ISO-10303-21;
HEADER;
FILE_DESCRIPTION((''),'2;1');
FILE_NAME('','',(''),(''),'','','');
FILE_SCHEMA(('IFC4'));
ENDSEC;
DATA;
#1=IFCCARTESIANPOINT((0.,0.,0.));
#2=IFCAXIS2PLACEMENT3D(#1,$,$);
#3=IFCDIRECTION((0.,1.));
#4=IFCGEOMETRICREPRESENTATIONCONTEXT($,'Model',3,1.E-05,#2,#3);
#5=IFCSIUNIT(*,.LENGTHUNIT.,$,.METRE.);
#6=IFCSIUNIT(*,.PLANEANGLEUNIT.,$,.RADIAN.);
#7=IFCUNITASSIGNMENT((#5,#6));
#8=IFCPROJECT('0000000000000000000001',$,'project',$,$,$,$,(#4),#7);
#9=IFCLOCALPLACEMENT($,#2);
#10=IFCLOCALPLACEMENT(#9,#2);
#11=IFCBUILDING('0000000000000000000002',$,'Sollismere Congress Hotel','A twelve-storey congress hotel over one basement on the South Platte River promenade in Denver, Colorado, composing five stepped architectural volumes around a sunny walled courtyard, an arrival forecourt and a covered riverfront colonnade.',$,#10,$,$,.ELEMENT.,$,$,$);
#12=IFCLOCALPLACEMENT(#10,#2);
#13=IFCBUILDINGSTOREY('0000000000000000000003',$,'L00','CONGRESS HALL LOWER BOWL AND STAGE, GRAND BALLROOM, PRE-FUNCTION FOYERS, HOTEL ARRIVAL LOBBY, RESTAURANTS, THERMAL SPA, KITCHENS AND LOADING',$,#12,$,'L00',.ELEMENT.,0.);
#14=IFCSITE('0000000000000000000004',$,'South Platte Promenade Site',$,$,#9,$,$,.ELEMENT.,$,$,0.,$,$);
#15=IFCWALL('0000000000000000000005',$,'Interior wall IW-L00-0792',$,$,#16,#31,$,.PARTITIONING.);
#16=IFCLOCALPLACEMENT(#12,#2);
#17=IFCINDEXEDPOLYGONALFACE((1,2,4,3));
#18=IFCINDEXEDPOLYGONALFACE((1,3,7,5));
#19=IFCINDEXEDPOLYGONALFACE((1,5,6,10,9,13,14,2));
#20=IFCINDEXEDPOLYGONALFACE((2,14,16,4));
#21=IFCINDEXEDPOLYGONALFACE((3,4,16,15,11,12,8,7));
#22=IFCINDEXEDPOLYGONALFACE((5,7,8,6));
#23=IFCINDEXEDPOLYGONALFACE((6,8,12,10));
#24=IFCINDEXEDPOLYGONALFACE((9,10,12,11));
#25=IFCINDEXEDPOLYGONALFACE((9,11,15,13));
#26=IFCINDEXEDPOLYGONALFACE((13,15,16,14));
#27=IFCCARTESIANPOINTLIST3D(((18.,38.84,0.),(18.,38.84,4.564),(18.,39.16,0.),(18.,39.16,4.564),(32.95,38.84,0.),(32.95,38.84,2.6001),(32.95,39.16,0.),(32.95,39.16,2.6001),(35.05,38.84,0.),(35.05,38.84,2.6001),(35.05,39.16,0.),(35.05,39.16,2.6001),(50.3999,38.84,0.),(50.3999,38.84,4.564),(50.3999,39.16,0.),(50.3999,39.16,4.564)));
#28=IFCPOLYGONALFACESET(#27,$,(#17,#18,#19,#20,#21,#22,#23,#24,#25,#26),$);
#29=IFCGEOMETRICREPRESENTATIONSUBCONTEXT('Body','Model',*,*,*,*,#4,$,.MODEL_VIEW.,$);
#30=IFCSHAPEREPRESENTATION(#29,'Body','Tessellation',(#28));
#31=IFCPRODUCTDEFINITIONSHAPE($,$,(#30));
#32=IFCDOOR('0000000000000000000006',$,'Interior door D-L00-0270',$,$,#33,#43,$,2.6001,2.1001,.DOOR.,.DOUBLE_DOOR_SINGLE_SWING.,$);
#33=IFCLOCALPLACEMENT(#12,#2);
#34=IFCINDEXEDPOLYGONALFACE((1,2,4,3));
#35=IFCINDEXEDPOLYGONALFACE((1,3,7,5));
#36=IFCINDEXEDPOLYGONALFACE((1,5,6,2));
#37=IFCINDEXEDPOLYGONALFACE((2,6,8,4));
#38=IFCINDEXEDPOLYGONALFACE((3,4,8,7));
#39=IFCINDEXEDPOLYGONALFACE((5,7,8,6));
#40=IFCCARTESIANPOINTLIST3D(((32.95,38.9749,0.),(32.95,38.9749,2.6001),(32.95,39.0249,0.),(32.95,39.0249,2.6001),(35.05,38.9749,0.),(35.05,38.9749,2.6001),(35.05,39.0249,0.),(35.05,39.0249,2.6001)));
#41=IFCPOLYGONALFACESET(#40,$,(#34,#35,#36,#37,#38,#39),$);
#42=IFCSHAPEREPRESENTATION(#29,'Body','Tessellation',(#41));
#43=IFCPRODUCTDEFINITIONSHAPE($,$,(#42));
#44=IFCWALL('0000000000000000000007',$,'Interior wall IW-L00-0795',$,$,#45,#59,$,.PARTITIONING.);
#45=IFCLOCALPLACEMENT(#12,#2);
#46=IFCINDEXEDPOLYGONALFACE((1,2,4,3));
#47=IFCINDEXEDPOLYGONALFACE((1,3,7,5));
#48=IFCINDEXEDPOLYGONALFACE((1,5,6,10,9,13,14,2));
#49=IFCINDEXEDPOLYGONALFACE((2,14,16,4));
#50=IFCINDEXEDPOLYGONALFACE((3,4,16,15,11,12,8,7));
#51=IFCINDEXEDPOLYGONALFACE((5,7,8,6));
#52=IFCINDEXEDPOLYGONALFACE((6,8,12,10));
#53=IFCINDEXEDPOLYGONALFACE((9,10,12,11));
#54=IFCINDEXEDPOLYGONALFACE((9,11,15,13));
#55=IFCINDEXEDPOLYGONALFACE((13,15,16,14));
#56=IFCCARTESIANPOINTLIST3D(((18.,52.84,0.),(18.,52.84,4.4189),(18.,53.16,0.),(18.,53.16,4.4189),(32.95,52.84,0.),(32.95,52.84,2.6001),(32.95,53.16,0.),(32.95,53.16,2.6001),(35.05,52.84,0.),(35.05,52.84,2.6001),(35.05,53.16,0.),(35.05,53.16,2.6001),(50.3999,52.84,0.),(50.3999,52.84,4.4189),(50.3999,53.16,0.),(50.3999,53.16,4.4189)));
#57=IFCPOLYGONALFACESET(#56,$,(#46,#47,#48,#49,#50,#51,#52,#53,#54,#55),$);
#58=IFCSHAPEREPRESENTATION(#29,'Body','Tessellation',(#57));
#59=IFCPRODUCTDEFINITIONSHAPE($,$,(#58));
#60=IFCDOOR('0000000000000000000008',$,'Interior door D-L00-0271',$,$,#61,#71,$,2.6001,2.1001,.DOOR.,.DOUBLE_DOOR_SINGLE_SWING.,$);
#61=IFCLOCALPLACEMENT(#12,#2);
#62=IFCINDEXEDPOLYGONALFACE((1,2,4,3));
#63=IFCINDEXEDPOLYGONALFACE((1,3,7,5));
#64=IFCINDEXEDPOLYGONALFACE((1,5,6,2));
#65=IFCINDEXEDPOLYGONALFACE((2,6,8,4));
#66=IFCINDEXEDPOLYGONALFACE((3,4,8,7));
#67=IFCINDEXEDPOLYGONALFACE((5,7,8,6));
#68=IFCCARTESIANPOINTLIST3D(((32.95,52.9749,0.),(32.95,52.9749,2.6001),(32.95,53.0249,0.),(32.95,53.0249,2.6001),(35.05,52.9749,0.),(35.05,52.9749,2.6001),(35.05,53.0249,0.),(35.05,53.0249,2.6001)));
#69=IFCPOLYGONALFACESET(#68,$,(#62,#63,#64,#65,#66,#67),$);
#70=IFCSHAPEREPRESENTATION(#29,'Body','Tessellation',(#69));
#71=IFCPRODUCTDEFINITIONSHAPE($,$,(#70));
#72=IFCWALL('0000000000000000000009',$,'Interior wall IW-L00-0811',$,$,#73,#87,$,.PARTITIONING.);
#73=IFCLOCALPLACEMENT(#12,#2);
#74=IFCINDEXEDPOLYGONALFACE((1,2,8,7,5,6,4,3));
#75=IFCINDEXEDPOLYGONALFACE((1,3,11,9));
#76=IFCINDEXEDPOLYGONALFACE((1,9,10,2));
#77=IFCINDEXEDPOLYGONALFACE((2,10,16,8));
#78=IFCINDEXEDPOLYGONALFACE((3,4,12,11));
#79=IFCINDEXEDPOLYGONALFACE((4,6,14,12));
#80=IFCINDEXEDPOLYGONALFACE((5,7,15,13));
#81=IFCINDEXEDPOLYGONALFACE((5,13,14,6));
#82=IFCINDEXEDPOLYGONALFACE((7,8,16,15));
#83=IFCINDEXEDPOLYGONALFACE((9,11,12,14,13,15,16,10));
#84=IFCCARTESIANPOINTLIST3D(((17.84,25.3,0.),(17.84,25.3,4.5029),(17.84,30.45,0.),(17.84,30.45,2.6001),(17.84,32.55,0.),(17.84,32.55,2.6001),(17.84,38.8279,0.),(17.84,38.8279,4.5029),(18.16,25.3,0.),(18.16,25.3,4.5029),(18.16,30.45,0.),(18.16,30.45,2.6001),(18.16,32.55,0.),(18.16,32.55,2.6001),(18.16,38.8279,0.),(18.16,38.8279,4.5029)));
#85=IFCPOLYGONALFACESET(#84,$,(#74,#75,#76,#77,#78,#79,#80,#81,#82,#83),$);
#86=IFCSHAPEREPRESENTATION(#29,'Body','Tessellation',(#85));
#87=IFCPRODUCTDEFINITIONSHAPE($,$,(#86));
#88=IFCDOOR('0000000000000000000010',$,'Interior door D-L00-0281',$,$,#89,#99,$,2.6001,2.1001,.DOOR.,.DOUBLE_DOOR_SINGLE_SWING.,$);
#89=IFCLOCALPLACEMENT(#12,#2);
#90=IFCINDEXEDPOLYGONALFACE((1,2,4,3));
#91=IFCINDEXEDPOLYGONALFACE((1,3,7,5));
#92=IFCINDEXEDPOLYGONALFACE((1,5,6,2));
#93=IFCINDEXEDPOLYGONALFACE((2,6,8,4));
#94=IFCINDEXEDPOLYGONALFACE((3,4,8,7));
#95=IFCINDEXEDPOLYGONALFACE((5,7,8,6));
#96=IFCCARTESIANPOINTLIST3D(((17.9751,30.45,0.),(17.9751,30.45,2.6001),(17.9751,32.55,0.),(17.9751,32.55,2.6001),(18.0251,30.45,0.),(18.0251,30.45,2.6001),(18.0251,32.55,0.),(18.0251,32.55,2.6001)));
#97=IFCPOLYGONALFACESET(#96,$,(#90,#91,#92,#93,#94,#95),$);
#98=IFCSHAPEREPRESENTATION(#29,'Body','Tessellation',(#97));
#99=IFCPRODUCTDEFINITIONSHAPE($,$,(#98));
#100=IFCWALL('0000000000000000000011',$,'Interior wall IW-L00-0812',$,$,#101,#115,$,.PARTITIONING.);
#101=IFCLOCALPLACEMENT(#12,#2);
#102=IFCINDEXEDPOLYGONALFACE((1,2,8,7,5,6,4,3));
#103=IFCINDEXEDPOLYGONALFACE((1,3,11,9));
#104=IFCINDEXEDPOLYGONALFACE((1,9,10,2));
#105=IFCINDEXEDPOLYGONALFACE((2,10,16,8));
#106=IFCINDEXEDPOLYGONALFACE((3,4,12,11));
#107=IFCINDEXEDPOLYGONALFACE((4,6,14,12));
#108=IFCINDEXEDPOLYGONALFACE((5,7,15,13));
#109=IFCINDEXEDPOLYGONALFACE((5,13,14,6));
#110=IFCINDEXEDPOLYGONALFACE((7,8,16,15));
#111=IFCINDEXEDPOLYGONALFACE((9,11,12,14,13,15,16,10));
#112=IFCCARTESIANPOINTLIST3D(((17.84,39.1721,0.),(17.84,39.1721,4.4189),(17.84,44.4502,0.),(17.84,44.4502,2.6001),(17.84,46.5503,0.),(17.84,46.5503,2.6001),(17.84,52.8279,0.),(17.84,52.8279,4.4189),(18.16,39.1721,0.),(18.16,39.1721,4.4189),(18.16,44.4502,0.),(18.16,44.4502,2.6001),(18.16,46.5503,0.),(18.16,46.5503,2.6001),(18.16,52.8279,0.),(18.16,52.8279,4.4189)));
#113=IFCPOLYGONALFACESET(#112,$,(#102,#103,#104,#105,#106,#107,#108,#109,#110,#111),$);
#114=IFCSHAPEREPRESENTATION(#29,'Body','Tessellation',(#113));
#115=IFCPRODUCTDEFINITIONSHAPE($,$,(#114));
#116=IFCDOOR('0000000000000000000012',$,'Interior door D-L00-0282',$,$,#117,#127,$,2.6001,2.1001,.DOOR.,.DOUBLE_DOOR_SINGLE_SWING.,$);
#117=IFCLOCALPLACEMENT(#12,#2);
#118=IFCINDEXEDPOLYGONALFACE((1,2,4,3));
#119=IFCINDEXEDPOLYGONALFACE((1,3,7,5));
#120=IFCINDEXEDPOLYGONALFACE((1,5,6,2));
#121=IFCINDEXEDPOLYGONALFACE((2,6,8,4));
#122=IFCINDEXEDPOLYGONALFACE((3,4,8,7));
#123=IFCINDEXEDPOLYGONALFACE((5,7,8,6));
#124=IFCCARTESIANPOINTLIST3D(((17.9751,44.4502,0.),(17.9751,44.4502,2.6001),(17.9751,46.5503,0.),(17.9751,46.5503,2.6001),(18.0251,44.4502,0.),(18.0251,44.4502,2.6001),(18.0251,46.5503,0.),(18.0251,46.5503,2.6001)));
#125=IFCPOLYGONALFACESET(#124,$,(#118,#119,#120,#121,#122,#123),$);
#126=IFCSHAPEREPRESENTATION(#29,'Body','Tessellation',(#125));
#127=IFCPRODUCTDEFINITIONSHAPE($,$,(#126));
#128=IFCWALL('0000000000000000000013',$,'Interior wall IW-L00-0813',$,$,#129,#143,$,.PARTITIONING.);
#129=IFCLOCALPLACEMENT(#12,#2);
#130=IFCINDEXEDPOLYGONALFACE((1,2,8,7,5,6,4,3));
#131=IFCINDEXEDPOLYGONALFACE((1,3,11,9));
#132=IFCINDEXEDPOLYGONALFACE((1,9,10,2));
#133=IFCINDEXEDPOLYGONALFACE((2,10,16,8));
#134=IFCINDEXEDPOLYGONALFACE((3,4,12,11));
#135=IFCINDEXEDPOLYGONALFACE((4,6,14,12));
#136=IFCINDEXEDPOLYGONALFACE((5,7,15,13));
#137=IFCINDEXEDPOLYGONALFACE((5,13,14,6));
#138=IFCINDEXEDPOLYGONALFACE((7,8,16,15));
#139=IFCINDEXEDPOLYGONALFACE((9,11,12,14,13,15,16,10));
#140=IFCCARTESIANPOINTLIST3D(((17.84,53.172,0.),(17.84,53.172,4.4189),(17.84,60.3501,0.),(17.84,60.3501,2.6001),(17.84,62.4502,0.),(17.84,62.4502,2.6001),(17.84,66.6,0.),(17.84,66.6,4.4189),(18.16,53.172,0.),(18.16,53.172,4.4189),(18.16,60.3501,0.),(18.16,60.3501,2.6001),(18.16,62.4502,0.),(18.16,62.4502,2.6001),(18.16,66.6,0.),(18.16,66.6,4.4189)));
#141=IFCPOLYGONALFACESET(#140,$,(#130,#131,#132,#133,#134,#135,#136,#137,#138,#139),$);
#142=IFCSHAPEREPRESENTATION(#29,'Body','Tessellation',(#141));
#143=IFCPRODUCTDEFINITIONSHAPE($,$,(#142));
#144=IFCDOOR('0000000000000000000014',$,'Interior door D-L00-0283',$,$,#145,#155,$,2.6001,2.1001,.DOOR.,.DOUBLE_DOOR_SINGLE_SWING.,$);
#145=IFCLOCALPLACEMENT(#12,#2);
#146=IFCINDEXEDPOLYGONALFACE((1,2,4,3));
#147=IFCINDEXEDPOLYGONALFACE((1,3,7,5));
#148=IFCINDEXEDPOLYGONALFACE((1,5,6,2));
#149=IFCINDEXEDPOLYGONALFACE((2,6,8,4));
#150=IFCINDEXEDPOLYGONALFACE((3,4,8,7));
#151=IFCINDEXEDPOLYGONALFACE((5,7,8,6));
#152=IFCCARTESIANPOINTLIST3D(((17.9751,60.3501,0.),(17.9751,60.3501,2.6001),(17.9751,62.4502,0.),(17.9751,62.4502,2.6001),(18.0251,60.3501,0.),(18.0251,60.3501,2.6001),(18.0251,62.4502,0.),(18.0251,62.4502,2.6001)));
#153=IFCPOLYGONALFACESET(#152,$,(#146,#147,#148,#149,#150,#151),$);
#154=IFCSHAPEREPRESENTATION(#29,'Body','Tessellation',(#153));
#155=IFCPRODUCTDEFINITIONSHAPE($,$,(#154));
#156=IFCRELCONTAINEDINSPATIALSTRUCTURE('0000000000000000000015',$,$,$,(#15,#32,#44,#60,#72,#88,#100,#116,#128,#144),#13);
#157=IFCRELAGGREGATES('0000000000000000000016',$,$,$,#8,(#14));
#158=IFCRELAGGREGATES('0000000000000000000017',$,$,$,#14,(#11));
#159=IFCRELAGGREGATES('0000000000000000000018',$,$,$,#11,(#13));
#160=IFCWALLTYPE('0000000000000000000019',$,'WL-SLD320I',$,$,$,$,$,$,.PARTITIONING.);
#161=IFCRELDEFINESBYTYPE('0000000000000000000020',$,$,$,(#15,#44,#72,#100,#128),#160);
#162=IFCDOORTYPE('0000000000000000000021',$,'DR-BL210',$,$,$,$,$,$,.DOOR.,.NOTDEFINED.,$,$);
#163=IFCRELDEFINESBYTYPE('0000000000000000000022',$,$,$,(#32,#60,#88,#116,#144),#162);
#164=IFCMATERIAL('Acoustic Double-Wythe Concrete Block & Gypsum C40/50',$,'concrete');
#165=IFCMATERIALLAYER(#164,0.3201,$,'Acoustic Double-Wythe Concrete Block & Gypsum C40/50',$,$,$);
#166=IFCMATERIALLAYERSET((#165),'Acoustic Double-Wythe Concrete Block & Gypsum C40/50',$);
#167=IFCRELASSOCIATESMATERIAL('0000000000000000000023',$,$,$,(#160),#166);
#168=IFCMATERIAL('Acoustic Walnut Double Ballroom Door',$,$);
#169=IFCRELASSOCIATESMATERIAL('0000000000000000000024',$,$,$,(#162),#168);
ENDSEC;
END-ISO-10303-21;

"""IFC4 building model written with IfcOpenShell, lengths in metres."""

from ifc_helpers import new_model, si_unit, direction, frame, frame_2d, origin, place, context, subcontext, project, spatial, rectangle, extrude, material, layer, layer_set, type_object, element, fill, save


model = new_model("IFC4")

# Units and contexts
model_context = context("Model", 3, precision=1e-05, world=origin(), true_north=direction((0.0, 1.0)))
body_context = subcontext(model_context, "Body", "Model", "MODEL_VIEW")
ifc_project = project(units=[si_unit("LENGTHUNIT", "METRE"), si_unit("PLANEANGLEUNIT", "RADIAN")], contexts=[model_context])

# Site, building, storey
site_placement = place(None, origin())
site = spatial("IfcSite", under=ifc_project, at=site_placement, Name="South Platte Promenade Site", CompositionType="ELEMENT", RefElevation=0.0)
building_placement = place(site_placement, origin())
building = spatial("IfcBuilding", under=site, at=building_placement, Name="Sollismere Congress Hotel", Description="A twelve-storey congress hotel over one basement on the South Platte River promenade in Denver, Colorado, composing five stepped architectural volumes around a sunny walled courtyard, an arrival forecourt and a covered riverfront colonnade.", CompositionType="ELEMENT")
storey_placement = place(building_placement, origin())
storey = spatial("IfcBuildingStorey", under=building, at=storey_placement, Name="L00", Description="CONGRESS HALL LOWER BOWL AND STAGE, GRAND BALLROOM, PRE-FUNCTION FOYERS, HOTEL ARRIVAL LOBBY, RESTAURANTS, THERMAL SPA, KITCHENS AND LOADING", LongName="L00", CompositionType="ELEMENT", Elevation=0.0)

# Shared definitions
ifc_material_1 = material(Name="Acoustic Double-Wythe Concrete Block & Gypsum C40/50", Category="concrete")
ifc_layer_1 = layer(ifc_material_1, 0.3201, Name="Acoustic Double-Wythe Concrete Block & Gypsum C40/50")
ifc_layer_set_1 = layer_set([ifc_layer_1], Name="Acoustic Double-Wythe Concrete Block & Gypsum C40/50")
wall_type_1 = type_object("IfcWallType", Name="WL-SLD320I", PredefinedType="PARTITIONING", material=ifc_layer_set_1)

# Walls, openings, doors
wall_1_placement = place(storey_placement, frame((18.0, 39.0, 0.0), z_axis=(0.0, 0.0, 1.0), x_axis=(1.0, 0.0, 0.0)))
wall_1 = element("IfcWall", 1, at=wall_1_placement, inside=storey, type_object=wall_type_1, Name="Interior wall IW-L00-0792", PredefinedType="PARTITIONING", context=body_context, shape_type="SweptSolid", body=[
    extrude(rectangle(XDim=32.3999, YDim=0.3201, at=frame_2d((16.2, 0.0))), origin(), (0.0, 0.0, 1.0), 4.564),
])
opening_1_placement = place(wall_1_placement, frame((14.95, 0.0, 0.0)))
opening_1 = element("IfcOpeningElement", 2, at=opening_1_placement, cuts=wall_1, PredefinedType="OPENING", context=body_context, shape_type="SweptSolid", body=[
    extrude(rectangle(XDim=2.1001, YDim=2.6001, at=frame_2d((1.05, 1.3))), frame((0.0, 0.1699, 0.0), z_axis=(0.0, -1.0, 0.0), x_axis=(1.0, 0.0, 0.0)), (0.0, 0.0, 1.0), 0.3401),
])
ifc_material_2 = material(Name="Acoustic Walnut Double Ballroom Door")
door_type = type_object("IfcDoorType", Name="DR-BL210", OperationType="NOTDEFINED", PredefinedType="DOOR", material=ifc_material_2)
door_1_placement = place(opening_1_placement, origin())
door_1 = element("IfcDoor", 3, at=door_1_placement, inside=storey, type_object=door_type, Name="Interior door D-L00-0270", OperationType="DOUBLE_DOOR_SINGLE_SWING", OverallHeight=2.6001, OverallWidth=2.1001, PredefinedType="DOOR", context=body_context, shape_type="SweptSolid", body=[
    extrude(rectangle(XDim=2.1001, YDim=2.6001, at=frame_2d((1.05, 1.3))), frame((0.0, 0.0249, 0.0), z_axis=(0.0, -1.0, 0.0), x_axis=(1.0, 0.0, 0.0)), (0.0, 0.0, 1.0), 0.05),
])
fill(opening_1, door_1)
wall_2_placement = place(storey_placement, frame((18.0, 53.0, 0.0), z_axis=(0.0, 0.0, 1.0), x_axis=(1.0, 0.0, 0.0)))
wall_2 = element("IfcWall", 4, at=wall_2_placement, inside=storey, type_object=wall_type_1, Name="Interior wall IW-L00-0795", PredefinedType="PARTITIONING", context=body_context, shape_type="SweptSolid", body=[
    extrude(rectangle(XDim=32.3999, YDim=0.3201, at=frame_2d((16.2, 0.0))), origin(), (0.0, 0.0, 1.0), 4.4189),
])
opening_2_placement = place(wall_2_placement, frame((14.95, 0.0, 0.0)))
opening_2 = element("IfcOpeningElement", 5, at=opening_2_placement, cuts=wall_2, PredefinedType="OPENING", context=body_context, shape_type="SweptSolid", body=[
    extrude(rectangle(XDim=2.1001, YDim=2.6001, at=frame_2d((1.05, 1.3))), frame((0.0, 0.1699, 0.0), z_axis=(0.0, -1.0, 0.0), x_axis=(1.0, 0.0, 0.0)), (0.0, 0.0, 1.0), 0.3401),
])
door_2_placement = place(opening_2_placement, origin())
door_2 = element("IfcDoor", 6, at=door_2_placement, inside=storey, type_object=door_type, Name="Interior door D-L00-0271", OperationType="DOUBLE_DOOR_SINGLE_SWING", OverallHeight=2.6001, OverallWidth=2.1001, PredefinedType="DOOR", context=body_context, shape_type="SweptSolid", body=[
    extrude(rectangle(XDim=2.1001, YDim=2.6001, at=frame_2d((1.05, 1.3))), frame((0.0, 0.0249, 0.0), z_axis=(0.0, -1.0, 0.0), x_axis=(1.0, 0.0, 0.0)), (0.0, 0.0, 1.0), 0.05),
])
fill(opening_2, door_2)
wall_3_placement = place(storey_placement, frame((18.0, 25.3, 0.0), z_axis=(0.0, 0.0, 1.0), x_axis=(0.0, 1.0, 0.0)))
wall_3 = element("IfcWall", 7, at=wall_3_placement, inside=storey, type_object=wall_type_1, Name="Interior wall IW-L00-0811", PredefinedType="PARTITIONING", context=body_context, shape_type="SweptSolid", body=[
    extrude(rectangle(XDim=13.5278, YDim=0.3201, at=frame_2d((6.7639, 0.0))), origin(), (0.0, 0.0, 1.0), 4.5029),
])
opening_3_placement = place(wall_3_placement, frame((5.1499, 0.0, 0.0)))
opening_3 = element("IfcOpeningElement", 8, at=opening_3_placement, cuts=wall_3, PredefinedType="OPENING", context=body_context, shape_type="SweptSolid", body=[
    extrude(rectangle(XDim=2.1001, YDim=2.6001, at=frame_2d((1.05, 1.3))), frame((0.0, 0.1699, 0.0), z_axis=(0.0, -1.0, 0.0), x_axis=(1.0, 0.0, 0.0)), (0.0, 0.0, 1.0), 0.3401),
])
door_3_placement = place(opening_3_placement, origin())
door_3 = element("IfcDoor", 9, at=door_3_placement, inside=storey, type_object=door_type, Name="Interior door D-L00-0281", OperationType="DOUBLE_DOOR_SINGLE_SWING", OverallHeight=2.6001, OverallWidth=2.1001, PredefinedType="DOOR", context=body_context, shape_type="SweptSolid", body=[
    extrude(rectangle(XDim=2.1001, YDim=2.6001, at=frame_2d((1.05, 1.3))), frame((0.0, 0.0249, 0.0), z_axis=(0.0, -1.0, 0.0), x_axis=(1.0, 0.0, 0.0)), (0.0, 0.0, 1.0), 0.05),
])
fill(opening_3, door_3)
wall_4_placement = place(storey_placement, frame((18.0, 39.1721, 0.0), z_axis=(0.0, 0.0, 1.0), x_axis=(0.0, 1.0, 0.0)))
wall_4 = element("IfcWall", 10, at=wall_4_placement, inside=storey, type_object=wall_type_1, Name="Interior wall IW-L00-0812", PredefinedType="PARTITIONING", context=body_context, shape_type="SweptSolid", body=[
    extrude(rectangle(XDim=13.6558, YDim=0.3201, at=frame_2d((6.8279, 0.0))), origin(), (0.0, 0.0, 1.0), 4.4189),
])
opening_4_placement = place(wall_4_placement, frame((5.2781, 0.0, 0.0)))
opening_4 = element("IfcOpeningElement", 11, at=opening_4_placement, cuts=wall_4, PredefinedType="OPENING", context=body_context, shape_type="SweptSolid", body=[
    extrude(rectangle(XDim=2.1001, YDim=2.6001, at=frame_2d((1.05, 1.3))), frame((0.0, 0.1699, 0.0), z_axis=(0.0, -1.0, 0.0), x_axis=(1.0, 0.0, 0.0)), (0.0, 0.0, 1.0), 0.3401),
])
door_4_placement = place(opening_4_placement, origin())
door_4 = element("IfcDoor", 12, at=door_4_placement, inside=storey, type_object=door_type, Name="Interior door D-L00-0282", OperationType="DOUBLE_DOOR_SINGLE_SWING", OverallHeight=2.6001, OverallWidth=2.1001, PredefinedType="DOOR", context=body_context, shape_type="SweptSolid", body=[
    extrude(rectangle(XDim=2.1001, YDim=2.6001, at=frame_2d((1.05, 1.3))), frame((0.0, 0.0249, 0.0), z_axis=(0.0, -1.0, 0.0), x_axis=(1.0, 0.0, 0.0)), (0.0, 0.0, 1.0), 0.05),
])
fill(opening_4, door_4)
wall_5_placement = place(storey_placement, frame((18.0, 53.1721, 0.0), z_axis=(0.0, 0.0, 1.0), x_axis=(0.0, 1.0, 0.0)))
wall_5 = element("IfcWall", 13, at=wall_5_placement, inside=storey, type_object=wall_type_1, Name="Interior wall IW-L00-0813", PredefinedType="PARTITIONING", context=body_context, shape_type="SweptSolid", body=[
    extrude(rectangle(XDim=13.428, YDim=0.3201, at=frame_2d((6.7139, 0.0))), origin(), (0.0, 0.0, 1.0), 4.4189),
])
opening_5_placement = place(wall_5_placement, frame((7.178, 0.0, 0.0)))
opening_5 = element("IfcOpeningElement", 14, at=opening_5_placement, cuts=wall_5, PredefinedType="OPENING", context=body_context, shape_type="SweptSolid", body=[
    extrude(rectangle(XDim=2.1001, YDim=2.6001, at=frame_2d((1.05, 1.3))), frame((0.0, 0.1699, 0.0), z_axis=(0.0, -1.0, 0.0), x_axis=(1.0, 0.0, 0.0)), (0.0, 0.0, 1.0), 0.3401),
])
door_5_placement = place(opening_5_placement, origin())
door_5 = element("IfcDoor", 15, at=door_5_placement, inside=storey, type_object=door_type, Name="Interior door D-L00-0283", OperationType="DOUBLE_DOOR_SINGLE_SWING", OverallHeight=2.6001, OverallWidth=2.1001, PredefinedType="DOOR", context=body_context, shape_type="SweptSolid", body=[
    extrude(rectangle(XDim=2.1001, YDim=2.6001, at=frame_2d((1.05, 1.3))), frame((0.0, 0.0249, 0.0), z_axis=(0.0, -1.0, 0.0), x_axis=(1.0, 0.0, 0.0)), (0.0, 0.0, 1.0), 0.05),
])
fill(opening_5, door_5)

save(model, "model.ifc")
